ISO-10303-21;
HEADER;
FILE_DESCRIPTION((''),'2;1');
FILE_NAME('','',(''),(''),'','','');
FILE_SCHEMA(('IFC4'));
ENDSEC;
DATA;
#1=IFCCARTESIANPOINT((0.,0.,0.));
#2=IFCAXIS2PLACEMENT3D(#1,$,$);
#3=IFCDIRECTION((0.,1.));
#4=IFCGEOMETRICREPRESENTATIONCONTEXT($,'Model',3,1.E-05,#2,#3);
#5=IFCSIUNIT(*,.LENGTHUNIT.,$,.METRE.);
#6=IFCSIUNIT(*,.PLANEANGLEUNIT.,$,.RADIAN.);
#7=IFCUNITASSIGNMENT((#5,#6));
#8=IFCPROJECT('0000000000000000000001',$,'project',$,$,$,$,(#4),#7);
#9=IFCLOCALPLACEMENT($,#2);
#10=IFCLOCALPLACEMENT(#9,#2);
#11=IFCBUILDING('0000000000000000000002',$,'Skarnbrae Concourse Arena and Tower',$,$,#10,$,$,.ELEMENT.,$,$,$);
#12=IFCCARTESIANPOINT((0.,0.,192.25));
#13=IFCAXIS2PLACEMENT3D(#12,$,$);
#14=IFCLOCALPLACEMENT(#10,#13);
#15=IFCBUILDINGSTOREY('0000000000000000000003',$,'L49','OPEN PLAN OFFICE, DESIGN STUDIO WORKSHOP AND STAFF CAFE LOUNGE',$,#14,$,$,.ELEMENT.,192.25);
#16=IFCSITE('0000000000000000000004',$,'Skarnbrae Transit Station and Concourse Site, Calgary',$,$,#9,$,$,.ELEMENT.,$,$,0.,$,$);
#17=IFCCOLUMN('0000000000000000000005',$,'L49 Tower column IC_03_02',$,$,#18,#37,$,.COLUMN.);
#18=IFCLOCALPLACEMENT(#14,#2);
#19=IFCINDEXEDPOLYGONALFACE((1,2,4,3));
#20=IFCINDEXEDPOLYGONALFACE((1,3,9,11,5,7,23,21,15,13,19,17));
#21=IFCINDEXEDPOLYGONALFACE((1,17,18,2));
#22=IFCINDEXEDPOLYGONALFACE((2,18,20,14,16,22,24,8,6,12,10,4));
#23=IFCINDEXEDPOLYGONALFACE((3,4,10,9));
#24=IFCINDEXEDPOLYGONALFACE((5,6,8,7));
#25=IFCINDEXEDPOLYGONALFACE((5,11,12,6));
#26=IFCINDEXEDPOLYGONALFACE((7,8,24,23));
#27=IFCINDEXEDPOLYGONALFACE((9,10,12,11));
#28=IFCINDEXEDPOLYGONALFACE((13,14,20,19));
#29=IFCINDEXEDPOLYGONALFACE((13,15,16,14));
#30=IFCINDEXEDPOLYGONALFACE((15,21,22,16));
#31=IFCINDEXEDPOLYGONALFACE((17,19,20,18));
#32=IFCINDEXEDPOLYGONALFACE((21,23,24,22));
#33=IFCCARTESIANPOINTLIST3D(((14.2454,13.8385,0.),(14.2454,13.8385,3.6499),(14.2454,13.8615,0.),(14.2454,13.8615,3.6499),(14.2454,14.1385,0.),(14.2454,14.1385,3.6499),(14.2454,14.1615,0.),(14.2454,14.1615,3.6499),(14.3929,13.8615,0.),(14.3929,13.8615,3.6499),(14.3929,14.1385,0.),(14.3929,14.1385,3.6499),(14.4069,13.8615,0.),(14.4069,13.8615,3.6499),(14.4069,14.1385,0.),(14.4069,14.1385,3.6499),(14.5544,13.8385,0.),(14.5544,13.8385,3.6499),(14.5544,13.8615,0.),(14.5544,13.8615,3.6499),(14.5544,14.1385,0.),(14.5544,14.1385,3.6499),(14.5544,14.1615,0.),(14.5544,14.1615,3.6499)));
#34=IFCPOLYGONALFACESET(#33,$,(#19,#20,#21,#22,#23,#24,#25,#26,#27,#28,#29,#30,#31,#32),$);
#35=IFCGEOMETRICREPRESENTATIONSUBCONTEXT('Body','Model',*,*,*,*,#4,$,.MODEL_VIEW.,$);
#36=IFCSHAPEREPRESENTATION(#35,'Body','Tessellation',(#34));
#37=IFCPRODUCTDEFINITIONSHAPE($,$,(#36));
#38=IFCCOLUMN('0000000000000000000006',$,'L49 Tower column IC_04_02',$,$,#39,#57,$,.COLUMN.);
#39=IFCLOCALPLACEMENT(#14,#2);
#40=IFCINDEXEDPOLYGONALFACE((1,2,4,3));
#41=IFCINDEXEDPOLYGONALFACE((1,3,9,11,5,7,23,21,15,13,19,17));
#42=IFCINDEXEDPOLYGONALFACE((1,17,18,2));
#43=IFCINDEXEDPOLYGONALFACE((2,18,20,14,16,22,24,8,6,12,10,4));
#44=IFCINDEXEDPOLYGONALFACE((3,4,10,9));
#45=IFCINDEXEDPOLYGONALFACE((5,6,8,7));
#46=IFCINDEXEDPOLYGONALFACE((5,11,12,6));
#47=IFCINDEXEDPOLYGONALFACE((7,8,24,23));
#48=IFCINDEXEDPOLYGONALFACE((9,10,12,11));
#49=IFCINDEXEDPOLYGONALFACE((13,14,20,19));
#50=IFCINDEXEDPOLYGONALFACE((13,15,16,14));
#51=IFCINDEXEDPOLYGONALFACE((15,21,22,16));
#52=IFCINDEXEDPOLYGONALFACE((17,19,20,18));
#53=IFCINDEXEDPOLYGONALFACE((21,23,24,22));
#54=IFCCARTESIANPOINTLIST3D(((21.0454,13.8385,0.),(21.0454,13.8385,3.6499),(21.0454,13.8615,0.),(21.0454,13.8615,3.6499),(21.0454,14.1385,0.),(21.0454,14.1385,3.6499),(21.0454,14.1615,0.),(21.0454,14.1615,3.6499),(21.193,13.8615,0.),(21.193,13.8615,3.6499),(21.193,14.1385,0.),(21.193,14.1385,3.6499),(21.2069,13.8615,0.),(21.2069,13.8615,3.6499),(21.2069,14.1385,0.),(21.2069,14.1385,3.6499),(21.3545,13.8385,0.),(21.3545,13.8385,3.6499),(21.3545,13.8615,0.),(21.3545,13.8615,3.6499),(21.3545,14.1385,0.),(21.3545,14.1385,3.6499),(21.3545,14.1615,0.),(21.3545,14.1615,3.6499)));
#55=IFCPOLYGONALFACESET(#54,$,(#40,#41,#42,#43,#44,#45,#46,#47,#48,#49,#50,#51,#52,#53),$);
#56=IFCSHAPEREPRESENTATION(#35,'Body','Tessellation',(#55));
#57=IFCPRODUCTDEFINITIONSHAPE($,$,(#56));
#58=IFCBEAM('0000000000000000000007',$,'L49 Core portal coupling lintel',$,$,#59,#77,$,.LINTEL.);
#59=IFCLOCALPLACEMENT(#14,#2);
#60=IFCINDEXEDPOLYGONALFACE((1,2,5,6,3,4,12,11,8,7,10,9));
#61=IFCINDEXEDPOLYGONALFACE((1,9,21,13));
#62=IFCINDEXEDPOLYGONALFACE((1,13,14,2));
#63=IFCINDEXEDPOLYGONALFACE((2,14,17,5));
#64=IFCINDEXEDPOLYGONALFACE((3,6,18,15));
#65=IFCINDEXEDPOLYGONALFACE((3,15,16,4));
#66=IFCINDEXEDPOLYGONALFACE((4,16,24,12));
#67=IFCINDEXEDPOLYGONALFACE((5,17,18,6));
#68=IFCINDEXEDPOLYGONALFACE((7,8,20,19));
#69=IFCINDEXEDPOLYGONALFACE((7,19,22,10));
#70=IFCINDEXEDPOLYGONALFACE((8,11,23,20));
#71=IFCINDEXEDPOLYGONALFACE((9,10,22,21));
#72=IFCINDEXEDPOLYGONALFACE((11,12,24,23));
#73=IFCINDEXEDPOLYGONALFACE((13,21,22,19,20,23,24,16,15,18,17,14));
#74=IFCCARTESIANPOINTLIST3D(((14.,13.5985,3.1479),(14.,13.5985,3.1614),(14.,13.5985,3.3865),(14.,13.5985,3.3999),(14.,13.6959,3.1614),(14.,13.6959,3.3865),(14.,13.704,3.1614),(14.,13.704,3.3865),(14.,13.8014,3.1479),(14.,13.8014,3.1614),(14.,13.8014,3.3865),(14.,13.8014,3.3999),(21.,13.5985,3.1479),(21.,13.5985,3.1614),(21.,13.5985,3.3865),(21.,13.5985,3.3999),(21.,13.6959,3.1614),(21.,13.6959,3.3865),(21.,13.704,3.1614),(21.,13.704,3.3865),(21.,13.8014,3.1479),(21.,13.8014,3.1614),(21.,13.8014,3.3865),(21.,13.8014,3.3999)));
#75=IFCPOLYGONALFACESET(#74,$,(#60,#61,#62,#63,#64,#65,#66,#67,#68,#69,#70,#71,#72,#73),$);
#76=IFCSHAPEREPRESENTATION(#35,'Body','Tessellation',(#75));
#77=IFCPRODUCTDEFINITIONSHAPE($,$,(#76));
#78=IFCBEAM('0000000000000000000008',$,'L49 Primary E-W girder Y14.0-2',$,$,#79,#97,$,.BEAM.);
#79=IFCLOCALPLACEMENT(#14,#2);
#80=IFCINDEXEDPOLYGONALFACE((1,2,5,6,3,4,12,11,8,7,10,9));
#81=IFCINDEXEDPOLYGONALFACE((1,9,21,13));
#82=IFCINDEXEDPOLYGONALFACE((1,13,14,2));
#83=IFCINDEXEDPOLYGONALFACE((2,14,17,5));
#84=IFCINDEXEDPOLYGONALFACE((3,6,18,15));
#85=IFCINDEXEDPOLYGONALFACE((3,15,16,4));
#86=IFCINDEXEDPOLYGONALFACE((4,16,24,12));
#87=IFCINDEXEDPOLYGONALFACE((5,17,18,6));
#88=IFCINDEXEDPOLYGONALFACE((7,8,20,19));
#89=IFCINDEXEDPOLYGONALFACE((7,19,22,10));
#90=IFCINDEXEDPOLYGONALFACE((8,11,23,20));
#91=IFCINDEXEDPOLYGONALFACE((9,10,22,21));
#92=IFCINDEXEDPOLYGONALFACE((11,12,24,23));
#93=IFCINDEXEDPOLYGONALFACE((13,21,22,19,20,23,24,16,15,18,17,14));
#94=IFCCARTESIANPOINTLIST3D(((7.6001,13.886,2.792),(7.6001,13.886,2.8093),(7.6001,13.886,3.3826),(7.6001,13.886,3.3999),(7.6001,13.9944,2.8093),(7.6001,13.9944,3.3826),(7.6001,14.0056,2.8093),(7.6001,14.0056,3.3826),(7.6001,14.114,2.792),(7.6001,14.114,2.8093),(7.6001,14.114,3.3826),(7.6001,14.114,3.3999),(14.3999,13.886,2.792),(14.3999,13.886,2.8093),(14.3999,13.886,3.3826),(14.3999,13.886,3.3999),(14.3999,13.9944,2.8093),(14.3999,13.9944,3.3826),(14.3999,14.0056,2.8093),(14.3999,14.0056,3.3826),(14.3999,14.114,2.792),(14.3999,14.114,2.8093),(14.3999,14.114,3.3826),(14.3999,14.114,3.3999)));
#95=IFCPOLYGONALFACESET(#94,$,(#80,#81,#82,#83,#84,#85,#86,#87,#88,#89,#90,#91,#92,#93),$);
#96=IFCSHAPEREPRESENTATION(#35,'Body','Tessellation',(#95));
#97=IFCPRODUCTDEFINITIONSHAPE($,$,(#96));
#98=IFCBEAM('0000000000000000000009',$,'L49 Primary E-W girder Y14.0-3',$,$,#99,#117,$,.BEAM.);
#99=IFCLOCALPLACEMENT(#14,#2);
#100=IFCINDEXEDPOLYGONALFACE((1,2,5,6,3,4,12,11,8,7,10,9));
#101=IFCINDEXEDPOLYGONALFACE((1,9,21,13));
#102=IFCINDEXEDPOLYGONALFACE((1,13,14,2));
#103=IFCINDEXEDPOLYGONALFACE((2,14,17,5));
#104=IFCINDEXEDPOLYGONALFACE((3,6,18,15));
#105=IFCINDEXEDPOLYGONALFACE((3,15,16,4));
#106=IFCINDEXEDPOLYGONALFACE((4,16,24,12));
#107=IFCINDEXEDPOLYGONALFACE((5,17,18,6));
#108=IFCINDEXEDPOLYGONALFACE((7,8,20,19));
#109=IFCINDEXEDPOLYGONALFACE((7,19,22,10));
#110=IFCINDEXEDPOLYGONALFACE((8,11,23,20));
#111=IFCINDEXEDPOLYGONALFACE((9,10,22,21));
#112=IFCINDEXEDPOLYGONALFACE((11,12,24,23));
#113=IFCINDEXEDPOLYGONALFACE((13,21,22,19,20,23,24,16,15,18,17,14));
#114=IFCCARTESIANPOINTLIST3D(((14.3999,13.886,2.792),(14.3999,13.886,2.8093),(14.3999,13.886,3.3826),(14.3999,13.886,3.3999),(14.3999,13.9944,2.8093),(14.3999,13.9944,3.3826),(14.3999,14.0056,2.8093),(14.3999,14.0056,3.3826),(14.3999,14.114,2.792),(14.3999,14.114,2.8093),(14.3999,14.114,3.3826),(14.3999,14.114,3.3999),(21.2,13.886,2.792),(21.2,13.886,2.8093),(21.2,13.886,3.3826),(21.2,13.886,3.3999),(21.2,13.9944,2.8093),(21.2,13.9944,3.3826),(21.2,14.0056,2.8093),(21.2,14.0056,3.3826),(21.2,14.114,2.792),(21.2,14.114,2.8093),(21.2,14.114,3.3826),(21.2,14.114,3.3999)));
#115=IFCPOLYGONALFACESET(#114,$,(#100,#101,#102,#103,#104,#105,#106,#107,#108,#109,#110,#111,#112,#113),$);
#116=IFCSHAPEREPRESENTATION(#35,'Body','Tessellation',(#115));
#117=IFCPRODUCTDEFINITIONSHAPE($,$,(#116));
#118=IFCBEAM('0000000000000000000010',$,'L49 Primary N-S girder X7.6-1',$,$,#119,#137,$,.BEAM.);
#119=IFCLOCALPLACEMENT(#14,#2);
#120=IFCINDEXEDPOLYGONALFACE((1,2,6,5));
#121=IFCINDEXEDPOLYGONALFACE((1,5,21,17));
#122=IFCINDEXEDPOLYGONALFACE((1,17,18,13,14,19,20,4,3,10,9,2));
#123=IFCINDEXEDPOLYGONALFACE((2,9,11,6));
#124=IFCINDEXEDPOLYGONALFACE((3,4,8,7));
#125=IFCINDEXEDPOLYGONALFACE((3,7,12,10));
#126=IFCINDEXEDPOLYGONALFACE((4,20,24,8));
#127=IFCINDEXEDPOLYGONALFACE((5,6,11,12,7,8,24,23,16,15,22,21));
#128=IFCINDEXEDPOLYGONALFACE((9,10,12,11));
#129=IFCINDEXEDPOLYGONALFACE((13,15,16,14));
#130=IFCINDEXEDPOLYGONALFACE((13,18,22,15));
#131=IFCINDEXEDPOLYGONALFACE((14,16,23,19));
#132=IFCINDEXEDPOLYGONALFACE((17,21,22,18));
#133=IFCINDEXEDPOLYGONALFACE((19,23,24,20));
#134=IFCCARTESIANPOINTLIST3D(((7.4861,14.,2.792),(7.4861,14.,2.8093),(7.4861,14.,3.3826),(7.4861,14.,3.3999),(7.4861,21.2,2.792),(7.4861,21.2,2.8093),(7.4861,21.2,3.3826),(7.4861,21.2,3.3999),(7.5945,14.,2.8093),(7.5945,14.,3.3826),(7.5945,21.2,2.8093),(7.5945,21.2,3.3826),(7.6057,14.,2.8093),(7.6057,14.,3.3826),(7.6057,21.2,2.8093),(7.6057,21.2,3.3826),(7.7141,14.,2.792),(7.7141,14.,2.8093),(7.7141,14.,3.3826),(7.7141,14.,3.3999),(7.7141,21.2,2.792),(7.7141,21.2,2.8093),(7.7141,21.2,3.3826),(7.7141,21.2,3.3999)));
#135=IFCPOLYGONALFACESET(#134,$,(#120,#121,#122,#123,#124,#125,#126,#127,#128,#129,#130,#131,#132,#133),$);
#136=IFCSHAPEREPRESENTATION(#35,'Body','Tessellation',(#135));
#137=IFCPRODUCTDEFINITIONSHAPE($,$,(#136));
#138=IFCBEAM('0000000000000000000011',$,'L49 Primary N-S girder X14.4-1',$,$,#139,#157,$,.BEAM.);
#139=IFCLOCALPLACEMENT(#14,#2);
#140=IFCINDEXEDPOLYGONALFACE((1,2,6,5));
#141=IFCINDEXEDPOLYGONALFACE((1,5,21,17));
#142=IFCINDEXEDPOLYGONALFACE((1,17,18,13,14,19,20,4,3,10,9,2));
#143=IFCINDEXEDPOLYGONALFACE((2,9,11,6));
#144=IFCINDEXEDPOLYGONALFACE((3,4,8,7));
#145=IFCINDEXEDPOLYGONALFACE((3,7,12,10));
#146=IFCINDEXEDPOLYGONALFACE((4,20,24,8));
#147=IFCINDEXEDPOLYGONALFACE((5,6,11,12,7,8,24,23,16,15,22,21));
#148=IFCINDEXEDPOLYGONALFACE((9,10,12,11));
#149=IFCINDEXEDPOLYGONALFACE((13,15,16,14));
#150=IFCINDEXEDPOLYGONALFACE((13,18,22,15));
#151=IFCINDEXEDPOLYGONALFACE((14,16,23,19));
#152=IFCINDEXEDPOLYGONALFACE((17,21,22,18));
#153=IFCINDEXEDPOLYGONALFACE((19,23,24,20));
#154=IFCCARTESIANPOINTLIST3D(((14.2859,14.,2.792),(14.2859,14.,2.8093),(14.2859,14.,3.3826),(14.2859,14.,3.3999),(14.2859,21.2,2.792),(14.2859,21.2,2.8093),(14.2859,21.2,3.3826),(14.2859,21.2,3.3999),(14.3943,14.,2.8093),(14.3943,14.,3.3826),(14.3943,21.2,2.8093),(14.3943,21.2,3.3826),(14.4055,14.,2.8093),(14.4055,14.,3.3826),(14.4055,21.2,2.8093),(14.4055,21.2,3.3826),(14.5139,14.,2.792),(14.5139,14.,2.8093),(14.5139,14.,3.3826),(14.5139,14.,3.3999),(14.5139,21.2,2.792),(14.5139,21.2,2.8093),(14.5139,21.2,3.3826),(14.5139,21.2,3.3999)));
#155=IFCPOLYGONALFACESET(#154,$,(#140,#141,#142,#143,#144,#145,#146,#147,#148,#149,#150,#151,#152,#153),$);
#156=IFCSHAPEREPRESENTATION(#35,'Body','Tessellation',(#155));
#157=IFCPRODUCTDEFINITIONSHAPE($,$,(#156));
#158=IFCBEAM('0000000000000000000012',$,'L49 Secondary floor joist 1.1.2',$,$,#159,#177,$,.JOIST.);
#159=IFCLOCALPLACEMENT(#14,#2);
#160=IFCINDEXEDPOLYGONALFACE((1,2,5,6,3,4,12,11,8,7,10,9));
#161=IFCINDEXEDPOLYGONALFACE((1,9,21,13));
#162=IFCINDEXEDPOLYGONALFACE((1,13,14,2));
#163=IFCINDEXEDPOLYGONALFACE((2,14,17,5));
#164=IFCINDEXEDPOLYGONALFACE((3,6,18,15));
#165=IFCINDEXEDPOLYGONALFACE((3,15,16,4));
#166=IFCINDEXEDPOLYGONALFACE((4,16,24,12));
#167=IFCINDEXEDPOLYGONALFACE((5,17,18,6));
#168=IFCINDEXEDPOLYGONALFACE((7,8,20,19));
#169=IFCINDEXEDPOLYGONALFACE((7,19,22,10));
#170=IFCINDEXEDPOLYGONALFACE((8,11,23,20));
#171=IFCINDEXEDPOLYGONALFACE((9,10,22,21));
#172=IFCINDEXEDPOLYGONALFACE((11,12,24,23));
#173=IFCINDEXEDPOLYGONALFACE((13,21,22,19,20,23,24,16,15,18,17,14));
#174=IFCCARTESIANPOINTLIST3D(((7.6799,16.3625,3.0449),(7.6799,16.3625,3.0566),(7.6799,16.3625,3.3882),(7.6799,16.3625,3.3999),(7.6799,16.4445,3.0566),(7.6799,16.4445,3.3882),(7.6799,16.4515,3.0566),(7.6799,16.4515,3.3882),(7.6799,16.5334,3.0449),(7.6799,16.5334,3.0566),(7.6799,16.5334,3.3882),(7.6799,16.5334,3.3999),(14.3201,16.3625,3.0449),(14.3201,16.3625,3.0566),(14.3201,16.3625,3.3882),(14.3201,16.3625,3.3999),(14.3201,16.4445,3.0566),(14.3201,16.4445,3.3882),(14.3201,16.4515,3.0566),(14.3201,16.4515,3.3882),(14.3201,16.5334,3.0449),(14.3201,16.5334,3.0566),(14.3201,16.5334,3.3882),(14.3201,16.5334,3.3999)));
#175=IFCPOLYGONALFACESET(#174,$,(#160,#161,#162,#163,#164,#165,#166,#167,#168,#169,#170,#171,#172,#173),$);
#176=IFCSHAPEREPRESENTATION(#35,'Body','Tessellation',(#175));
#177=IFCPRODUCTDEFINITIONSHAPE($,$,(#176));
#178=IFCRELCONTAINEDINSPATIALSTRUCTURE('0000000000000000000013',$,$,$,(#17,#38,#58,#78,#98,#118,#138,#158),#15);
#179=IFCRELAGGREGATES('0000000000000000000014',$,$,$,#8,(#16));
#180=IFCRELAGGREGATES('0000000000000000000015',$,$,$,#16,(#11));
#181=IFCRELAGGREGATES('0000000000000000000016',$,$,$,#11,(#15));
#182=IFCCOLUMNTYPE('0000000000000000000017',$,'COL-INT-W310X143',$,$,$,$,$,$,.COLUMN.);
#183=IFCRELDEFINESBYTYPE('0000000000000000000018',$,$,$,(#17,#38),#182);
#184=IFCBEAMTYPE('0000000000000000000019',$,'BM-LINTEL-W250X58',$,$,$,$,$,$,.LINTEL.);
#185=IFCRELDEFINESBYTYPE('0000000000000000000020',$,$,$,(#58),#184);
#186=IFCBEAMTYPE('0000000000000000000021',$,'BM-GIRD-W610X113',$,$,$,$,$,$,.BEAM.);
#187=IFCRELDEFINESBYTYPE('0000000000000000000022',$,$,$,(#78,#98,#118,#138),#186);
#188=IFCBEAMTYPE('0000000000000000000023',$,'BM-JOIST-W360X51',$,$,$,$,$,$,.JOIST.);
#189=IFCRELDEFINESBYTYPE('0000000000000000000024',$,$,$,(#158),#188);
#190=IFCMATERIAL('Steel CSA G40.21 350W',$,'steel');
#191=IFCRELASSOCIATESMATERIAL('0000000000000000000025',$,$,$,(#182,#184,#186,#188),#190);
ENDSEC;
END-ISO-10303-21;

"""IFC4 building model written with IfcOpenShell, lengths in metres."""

from ifc_helpers import new_model, si_unit, direction, frame, origin, origin_2d, place, context, subcontext, project, spatial, i_section, extrude, source, transform, mapped, material, material_profile, profile_set, type_object, element, save


model = new_model("IFC4")

# Units and contexts
model_context = context("Model", 3, precision=1e-05, world=origin(), true_north=direction((0.0, 1.0)))
body_context = subcontext(model_context, "Body", "Model", "MODEL_VIEW")
ifc_project = project(units=[si_unit("LENGTHUNIT", "METRE"), si_unit("PLANEANGLEUNIT", "RADIAN")], contexts=[model_context])

# Site, building, storey
site_placement = place(None, origin())
site = spatial("IfcSite", under=ifc_project, at=site_placement, Name="Skarnbrae Transit Station and Concourse Site, Calgary", CompositionType="ELEMENT", RefElevation=0.0)
building_placement = place(site_placement, origin())
building = spatial("IfcBuilding", under=site, at=building_placement, Name="Skarnbrae Concourse Arena and Tower", CompositionType="ELEMENT")
storey_placement = place(building_placement, frame((0.0, 0.0, 192.25)))
storey = spatial("IfcBuildingStorey", under=building, at=storey_placement, Name="L49", Description="OPEN PLAN OFFICE, DESIGN STUDIO WORKSHOP AND STAFF CAFE LOUNGE", CompositionType="ELEMENT", Elevation=192.25)

# Columns
ifc_material_1 = material(Name="Steel CSA G40.21 350W", Category="steel")
ifc_material_profile_1 = material_profile(ifc_material_1, i_section(OverallWidth=0.3091, OverallDepth=0.323, WebThickness=0.0139, FlangeThickness=0.0229, at=origin_2d()), Name="W310X143")
ifc_profile_set_1 = profile_set([ifc_material_profile_1], Name="Steel CSA G40.21 350W")
column_type = type_object("IfcColumnType", Name="COL-INT-W310X143", PredefinedType="COLUMN", material=ifc_profile_set_1)
shared_shape_1 = source(origin(), body_context, "Body", "SweptSolid", [
    extrude(i_section(OverallWidth=0.3091, OverallDepth=0.323, WebThickness=0.0139, FlangeThickness=0.0229, at=origin_2d()), origin(), (0.0, 0.0, 1.0), 3.6499),
])
for number, where, z_axis, x_axis, name in (
    (1, (14.3999, 14.0, 0.0), (0.0, 0.0, 1.0), (1.0, 0.0, 0.0), "L49 Tower column IC_03_02"),
    (2, (21.2, 14.0, 0.0), (0.0, 0.0, 1.0), (1.0, 0.0, 0.0), "L49 Tower column IC_04_02"),
):
    element("IfcColumn", number, at=place(storey_placement, frame(where, z_axis=z_axis, x_axis=x_axis)), inside=storey, type_object=column_type, Name=name, PredefinedType="COLUMN", context=body_context, shape_type="MappedRepresentation", body=[
        mapped(shared_shape_1, transform((0.0, 0.0, 0.0))),
    ])

# Beams
ifc_material_profile_2 = material_profile(ifc_material_1, i_section(OverallWidth=0.2029, OverallDepth=0.252, WebThickness=0.0081, FlangeThickness=0.0134, at=origin_2d()), Name="W250X58")
ifc_profile_set_2 = profile_set([ifc_material_profile_2], Name="Steel CSA G40.21 350W")
beam_type_1 = type_object("IfcBeamType", Name="BM-LINTEL-W250X58", PredefinedType="LINTEL", material=ifc_profile_set_2)
shared_shape_2 = source(origin(), body_context, "Body", "SweptSolid", [
    extrude(i_section(OverallWidth=0.2029, OverallDepth=0.252, WebThickness=0.0081, FlangeThickness=0.0134, at=origin_2d()), origin(), (0.0, 0.0, 1.0), 7.0),
])
beam_1_placement = place(storey_placement, frame((14.0, 13.7, 3.2739), z_axis=(1.0, 0.0, 0.0), x_axis=(0.0, 1.0, 0.0)))
element("IfcBeam", 3, at=beam_1_placement, inside=storey, type_object=beam_type_1, Name="L49 Core portal coupling lintel", PredefinedType="LINTEL", context=body_context, shape_type="MappedRepresentation", body=[
    mapped(shared_shape_2, transform((0.0, 0.0, 0.0))),
])
ifc_material_profile_3 = material_profile(ifc_material_1, i_section(OverallWidth=0.228, OverallDepth=0.6079, WebThickness=0.0112, FlangeThickness=0.0173, at=origin_2d()), Name="W610X113")
ifc_profile_set_3 = profile_set([ifc_material_profile_3], Name="Steel CSA G40.21 350W")
beam_type_2 = type_object("IfcBeamType", Name="BM-GIRD-W610X113", PredefinedType="BEAM", material=ifc_profile_set_3)
shared_shape_3 = source(origin(), body_context, "Body", "SweptSolid", [
    extrude(i_section(OverallWidth=0.228, OverallDepth=0.6079, WebThickness=0.0112, FlangeThickness=0.0173, at=origin_2d()), origin(), (0.0, 0.0, 1.0), 6.7998),
])
beam_2_placement = place(storey_placement, frame((7.6001, 14.0, 3.0959), z_axis=(1.0, 0.0, 0.0), x_axis=(0.0, 1.0, 0.0)))
element("IfcBeam", 4, at=beam_2_placement, inside=storey, type_object=beam_type_2, Name="L49 Primary E-W girder Y14.0-2", PredefinedType="BEAM", context=body_context, shape_type="MappedRepresentation", body=[
    mapped(shared_shape_3, transform((0.0, 0.0, 0.0))),
])
shared_shape_4 = source(origin(), body_context, "Body", "SweptSolid", [
    extrude(i_section(OverallWidth=0.228, OverallDepth=0.6079, WebThickness=0.0112, FlangeThickness=0.0173, at=origin_2d()), origin(), (0.0, 0.0, 1.0), 6.8),
])
beam_3_placement = place(storey_placement, frame((14.3999, 14.0, 3.0959), z_axis=(1.0, 0.0, 0.0), x_axis=(0.0, 1.0, 0.0)))
element("IfcBeam", 5, at=beam_3_placement, inside=storey, type_object=beam_type_2, Name="L49 Primary E-W girder Y14.0-3", PredefinedType="BEAM", context=body_context, shape_type="MappedRepresentation", body=[
    mapped(shared_shape_4, transform((0.0, 0.0, 0.0))),
])
shared_shape_5 = source(origin(), body_context, "Body", "SweptSolid", [
    extrude(i_section(OverallWidth=0.228, OverallDepth=0.6079, WebThickness=0.0112, FlangeThickness=0.0173, at=origin_2d()), origin(), (0.0, 0.0, 1.0), 7.2),
])
for number, where, z_axis, x_axis, name in (
    (6, (7.6001, 14.0, 3.0959), (0.0, 1.0, 0.0), (-1.0, 0.0, 0.0), "L49 Primary N-S girder X7.6-1"),
    (7, (14.3999, 14.0, 3.0959), (0.0, 1.0, 0.0), (-1.0, 0.0, 0.0), "L49 Primary N-S girder X14.4-1"),
):
    element("IfcBeam", number, at=place(storey_placement, frame(where, z_axis=z_axis, x_axis=x_axis)), inside=storey, type_object=beam_type_2, Name=name, PredefinedType="BEAM", context=body_context, shape_type="MappedRepresentation", body=[
        mapped(shared_shape_5, transform((0.0, 0.0, 0.0))),
    ])
ifc_material_profile_4 = material_profile(ifc_material_1, i_section(OverallWidth=0.1709, OverallDepth=0.355, WebThickness=0.0071, FlangeThickness=0.0117, at=origin_2d()), Name="W360X51")
ifc_profile_set_4 = profile_set([ifc_material_profile_4], Name="Steel CSA G40.21 350W")
beam_type_3 = type_object("IfcBeamType", Name="BM-JOIST-W360X51", PredefinedType="JOIST", material=ifc_profile_set_4)
shared_shape_6 = source(origin(), body_context, "Body", "SweptSolid", [
    extrude(i_section(OverallWidth=0.1709, OverallDepth=0.355, WebThickness=0.0071, FlangeThickness=0.0117, at=origin_2d()), origin(), (0.0, 0.0, 1.0), 6.6401),
])
for number, where, z_axis, x_axis, name in (
    (8, (7.6799, 16.448, 3.2224), (1.0, 0.0, 0.0), (0.0, 1.0, 0.0), "L49 Secondary floor joist 1.1.2"),
):
    element("IfcBeam", number, at=place(storey_placement, frame(where, z_axis=z_axis, x_axis=x_axis)), inside=storey, type_object=beam_type_3, Name=name, PredefinedType="JOIST", context=body_context, shape_type="MappedRepresentation", body=[
        mapped(shared_shape_6, transform((0.0, 0.0, 0.0))),
    ])

save(model, "model.ifc")
